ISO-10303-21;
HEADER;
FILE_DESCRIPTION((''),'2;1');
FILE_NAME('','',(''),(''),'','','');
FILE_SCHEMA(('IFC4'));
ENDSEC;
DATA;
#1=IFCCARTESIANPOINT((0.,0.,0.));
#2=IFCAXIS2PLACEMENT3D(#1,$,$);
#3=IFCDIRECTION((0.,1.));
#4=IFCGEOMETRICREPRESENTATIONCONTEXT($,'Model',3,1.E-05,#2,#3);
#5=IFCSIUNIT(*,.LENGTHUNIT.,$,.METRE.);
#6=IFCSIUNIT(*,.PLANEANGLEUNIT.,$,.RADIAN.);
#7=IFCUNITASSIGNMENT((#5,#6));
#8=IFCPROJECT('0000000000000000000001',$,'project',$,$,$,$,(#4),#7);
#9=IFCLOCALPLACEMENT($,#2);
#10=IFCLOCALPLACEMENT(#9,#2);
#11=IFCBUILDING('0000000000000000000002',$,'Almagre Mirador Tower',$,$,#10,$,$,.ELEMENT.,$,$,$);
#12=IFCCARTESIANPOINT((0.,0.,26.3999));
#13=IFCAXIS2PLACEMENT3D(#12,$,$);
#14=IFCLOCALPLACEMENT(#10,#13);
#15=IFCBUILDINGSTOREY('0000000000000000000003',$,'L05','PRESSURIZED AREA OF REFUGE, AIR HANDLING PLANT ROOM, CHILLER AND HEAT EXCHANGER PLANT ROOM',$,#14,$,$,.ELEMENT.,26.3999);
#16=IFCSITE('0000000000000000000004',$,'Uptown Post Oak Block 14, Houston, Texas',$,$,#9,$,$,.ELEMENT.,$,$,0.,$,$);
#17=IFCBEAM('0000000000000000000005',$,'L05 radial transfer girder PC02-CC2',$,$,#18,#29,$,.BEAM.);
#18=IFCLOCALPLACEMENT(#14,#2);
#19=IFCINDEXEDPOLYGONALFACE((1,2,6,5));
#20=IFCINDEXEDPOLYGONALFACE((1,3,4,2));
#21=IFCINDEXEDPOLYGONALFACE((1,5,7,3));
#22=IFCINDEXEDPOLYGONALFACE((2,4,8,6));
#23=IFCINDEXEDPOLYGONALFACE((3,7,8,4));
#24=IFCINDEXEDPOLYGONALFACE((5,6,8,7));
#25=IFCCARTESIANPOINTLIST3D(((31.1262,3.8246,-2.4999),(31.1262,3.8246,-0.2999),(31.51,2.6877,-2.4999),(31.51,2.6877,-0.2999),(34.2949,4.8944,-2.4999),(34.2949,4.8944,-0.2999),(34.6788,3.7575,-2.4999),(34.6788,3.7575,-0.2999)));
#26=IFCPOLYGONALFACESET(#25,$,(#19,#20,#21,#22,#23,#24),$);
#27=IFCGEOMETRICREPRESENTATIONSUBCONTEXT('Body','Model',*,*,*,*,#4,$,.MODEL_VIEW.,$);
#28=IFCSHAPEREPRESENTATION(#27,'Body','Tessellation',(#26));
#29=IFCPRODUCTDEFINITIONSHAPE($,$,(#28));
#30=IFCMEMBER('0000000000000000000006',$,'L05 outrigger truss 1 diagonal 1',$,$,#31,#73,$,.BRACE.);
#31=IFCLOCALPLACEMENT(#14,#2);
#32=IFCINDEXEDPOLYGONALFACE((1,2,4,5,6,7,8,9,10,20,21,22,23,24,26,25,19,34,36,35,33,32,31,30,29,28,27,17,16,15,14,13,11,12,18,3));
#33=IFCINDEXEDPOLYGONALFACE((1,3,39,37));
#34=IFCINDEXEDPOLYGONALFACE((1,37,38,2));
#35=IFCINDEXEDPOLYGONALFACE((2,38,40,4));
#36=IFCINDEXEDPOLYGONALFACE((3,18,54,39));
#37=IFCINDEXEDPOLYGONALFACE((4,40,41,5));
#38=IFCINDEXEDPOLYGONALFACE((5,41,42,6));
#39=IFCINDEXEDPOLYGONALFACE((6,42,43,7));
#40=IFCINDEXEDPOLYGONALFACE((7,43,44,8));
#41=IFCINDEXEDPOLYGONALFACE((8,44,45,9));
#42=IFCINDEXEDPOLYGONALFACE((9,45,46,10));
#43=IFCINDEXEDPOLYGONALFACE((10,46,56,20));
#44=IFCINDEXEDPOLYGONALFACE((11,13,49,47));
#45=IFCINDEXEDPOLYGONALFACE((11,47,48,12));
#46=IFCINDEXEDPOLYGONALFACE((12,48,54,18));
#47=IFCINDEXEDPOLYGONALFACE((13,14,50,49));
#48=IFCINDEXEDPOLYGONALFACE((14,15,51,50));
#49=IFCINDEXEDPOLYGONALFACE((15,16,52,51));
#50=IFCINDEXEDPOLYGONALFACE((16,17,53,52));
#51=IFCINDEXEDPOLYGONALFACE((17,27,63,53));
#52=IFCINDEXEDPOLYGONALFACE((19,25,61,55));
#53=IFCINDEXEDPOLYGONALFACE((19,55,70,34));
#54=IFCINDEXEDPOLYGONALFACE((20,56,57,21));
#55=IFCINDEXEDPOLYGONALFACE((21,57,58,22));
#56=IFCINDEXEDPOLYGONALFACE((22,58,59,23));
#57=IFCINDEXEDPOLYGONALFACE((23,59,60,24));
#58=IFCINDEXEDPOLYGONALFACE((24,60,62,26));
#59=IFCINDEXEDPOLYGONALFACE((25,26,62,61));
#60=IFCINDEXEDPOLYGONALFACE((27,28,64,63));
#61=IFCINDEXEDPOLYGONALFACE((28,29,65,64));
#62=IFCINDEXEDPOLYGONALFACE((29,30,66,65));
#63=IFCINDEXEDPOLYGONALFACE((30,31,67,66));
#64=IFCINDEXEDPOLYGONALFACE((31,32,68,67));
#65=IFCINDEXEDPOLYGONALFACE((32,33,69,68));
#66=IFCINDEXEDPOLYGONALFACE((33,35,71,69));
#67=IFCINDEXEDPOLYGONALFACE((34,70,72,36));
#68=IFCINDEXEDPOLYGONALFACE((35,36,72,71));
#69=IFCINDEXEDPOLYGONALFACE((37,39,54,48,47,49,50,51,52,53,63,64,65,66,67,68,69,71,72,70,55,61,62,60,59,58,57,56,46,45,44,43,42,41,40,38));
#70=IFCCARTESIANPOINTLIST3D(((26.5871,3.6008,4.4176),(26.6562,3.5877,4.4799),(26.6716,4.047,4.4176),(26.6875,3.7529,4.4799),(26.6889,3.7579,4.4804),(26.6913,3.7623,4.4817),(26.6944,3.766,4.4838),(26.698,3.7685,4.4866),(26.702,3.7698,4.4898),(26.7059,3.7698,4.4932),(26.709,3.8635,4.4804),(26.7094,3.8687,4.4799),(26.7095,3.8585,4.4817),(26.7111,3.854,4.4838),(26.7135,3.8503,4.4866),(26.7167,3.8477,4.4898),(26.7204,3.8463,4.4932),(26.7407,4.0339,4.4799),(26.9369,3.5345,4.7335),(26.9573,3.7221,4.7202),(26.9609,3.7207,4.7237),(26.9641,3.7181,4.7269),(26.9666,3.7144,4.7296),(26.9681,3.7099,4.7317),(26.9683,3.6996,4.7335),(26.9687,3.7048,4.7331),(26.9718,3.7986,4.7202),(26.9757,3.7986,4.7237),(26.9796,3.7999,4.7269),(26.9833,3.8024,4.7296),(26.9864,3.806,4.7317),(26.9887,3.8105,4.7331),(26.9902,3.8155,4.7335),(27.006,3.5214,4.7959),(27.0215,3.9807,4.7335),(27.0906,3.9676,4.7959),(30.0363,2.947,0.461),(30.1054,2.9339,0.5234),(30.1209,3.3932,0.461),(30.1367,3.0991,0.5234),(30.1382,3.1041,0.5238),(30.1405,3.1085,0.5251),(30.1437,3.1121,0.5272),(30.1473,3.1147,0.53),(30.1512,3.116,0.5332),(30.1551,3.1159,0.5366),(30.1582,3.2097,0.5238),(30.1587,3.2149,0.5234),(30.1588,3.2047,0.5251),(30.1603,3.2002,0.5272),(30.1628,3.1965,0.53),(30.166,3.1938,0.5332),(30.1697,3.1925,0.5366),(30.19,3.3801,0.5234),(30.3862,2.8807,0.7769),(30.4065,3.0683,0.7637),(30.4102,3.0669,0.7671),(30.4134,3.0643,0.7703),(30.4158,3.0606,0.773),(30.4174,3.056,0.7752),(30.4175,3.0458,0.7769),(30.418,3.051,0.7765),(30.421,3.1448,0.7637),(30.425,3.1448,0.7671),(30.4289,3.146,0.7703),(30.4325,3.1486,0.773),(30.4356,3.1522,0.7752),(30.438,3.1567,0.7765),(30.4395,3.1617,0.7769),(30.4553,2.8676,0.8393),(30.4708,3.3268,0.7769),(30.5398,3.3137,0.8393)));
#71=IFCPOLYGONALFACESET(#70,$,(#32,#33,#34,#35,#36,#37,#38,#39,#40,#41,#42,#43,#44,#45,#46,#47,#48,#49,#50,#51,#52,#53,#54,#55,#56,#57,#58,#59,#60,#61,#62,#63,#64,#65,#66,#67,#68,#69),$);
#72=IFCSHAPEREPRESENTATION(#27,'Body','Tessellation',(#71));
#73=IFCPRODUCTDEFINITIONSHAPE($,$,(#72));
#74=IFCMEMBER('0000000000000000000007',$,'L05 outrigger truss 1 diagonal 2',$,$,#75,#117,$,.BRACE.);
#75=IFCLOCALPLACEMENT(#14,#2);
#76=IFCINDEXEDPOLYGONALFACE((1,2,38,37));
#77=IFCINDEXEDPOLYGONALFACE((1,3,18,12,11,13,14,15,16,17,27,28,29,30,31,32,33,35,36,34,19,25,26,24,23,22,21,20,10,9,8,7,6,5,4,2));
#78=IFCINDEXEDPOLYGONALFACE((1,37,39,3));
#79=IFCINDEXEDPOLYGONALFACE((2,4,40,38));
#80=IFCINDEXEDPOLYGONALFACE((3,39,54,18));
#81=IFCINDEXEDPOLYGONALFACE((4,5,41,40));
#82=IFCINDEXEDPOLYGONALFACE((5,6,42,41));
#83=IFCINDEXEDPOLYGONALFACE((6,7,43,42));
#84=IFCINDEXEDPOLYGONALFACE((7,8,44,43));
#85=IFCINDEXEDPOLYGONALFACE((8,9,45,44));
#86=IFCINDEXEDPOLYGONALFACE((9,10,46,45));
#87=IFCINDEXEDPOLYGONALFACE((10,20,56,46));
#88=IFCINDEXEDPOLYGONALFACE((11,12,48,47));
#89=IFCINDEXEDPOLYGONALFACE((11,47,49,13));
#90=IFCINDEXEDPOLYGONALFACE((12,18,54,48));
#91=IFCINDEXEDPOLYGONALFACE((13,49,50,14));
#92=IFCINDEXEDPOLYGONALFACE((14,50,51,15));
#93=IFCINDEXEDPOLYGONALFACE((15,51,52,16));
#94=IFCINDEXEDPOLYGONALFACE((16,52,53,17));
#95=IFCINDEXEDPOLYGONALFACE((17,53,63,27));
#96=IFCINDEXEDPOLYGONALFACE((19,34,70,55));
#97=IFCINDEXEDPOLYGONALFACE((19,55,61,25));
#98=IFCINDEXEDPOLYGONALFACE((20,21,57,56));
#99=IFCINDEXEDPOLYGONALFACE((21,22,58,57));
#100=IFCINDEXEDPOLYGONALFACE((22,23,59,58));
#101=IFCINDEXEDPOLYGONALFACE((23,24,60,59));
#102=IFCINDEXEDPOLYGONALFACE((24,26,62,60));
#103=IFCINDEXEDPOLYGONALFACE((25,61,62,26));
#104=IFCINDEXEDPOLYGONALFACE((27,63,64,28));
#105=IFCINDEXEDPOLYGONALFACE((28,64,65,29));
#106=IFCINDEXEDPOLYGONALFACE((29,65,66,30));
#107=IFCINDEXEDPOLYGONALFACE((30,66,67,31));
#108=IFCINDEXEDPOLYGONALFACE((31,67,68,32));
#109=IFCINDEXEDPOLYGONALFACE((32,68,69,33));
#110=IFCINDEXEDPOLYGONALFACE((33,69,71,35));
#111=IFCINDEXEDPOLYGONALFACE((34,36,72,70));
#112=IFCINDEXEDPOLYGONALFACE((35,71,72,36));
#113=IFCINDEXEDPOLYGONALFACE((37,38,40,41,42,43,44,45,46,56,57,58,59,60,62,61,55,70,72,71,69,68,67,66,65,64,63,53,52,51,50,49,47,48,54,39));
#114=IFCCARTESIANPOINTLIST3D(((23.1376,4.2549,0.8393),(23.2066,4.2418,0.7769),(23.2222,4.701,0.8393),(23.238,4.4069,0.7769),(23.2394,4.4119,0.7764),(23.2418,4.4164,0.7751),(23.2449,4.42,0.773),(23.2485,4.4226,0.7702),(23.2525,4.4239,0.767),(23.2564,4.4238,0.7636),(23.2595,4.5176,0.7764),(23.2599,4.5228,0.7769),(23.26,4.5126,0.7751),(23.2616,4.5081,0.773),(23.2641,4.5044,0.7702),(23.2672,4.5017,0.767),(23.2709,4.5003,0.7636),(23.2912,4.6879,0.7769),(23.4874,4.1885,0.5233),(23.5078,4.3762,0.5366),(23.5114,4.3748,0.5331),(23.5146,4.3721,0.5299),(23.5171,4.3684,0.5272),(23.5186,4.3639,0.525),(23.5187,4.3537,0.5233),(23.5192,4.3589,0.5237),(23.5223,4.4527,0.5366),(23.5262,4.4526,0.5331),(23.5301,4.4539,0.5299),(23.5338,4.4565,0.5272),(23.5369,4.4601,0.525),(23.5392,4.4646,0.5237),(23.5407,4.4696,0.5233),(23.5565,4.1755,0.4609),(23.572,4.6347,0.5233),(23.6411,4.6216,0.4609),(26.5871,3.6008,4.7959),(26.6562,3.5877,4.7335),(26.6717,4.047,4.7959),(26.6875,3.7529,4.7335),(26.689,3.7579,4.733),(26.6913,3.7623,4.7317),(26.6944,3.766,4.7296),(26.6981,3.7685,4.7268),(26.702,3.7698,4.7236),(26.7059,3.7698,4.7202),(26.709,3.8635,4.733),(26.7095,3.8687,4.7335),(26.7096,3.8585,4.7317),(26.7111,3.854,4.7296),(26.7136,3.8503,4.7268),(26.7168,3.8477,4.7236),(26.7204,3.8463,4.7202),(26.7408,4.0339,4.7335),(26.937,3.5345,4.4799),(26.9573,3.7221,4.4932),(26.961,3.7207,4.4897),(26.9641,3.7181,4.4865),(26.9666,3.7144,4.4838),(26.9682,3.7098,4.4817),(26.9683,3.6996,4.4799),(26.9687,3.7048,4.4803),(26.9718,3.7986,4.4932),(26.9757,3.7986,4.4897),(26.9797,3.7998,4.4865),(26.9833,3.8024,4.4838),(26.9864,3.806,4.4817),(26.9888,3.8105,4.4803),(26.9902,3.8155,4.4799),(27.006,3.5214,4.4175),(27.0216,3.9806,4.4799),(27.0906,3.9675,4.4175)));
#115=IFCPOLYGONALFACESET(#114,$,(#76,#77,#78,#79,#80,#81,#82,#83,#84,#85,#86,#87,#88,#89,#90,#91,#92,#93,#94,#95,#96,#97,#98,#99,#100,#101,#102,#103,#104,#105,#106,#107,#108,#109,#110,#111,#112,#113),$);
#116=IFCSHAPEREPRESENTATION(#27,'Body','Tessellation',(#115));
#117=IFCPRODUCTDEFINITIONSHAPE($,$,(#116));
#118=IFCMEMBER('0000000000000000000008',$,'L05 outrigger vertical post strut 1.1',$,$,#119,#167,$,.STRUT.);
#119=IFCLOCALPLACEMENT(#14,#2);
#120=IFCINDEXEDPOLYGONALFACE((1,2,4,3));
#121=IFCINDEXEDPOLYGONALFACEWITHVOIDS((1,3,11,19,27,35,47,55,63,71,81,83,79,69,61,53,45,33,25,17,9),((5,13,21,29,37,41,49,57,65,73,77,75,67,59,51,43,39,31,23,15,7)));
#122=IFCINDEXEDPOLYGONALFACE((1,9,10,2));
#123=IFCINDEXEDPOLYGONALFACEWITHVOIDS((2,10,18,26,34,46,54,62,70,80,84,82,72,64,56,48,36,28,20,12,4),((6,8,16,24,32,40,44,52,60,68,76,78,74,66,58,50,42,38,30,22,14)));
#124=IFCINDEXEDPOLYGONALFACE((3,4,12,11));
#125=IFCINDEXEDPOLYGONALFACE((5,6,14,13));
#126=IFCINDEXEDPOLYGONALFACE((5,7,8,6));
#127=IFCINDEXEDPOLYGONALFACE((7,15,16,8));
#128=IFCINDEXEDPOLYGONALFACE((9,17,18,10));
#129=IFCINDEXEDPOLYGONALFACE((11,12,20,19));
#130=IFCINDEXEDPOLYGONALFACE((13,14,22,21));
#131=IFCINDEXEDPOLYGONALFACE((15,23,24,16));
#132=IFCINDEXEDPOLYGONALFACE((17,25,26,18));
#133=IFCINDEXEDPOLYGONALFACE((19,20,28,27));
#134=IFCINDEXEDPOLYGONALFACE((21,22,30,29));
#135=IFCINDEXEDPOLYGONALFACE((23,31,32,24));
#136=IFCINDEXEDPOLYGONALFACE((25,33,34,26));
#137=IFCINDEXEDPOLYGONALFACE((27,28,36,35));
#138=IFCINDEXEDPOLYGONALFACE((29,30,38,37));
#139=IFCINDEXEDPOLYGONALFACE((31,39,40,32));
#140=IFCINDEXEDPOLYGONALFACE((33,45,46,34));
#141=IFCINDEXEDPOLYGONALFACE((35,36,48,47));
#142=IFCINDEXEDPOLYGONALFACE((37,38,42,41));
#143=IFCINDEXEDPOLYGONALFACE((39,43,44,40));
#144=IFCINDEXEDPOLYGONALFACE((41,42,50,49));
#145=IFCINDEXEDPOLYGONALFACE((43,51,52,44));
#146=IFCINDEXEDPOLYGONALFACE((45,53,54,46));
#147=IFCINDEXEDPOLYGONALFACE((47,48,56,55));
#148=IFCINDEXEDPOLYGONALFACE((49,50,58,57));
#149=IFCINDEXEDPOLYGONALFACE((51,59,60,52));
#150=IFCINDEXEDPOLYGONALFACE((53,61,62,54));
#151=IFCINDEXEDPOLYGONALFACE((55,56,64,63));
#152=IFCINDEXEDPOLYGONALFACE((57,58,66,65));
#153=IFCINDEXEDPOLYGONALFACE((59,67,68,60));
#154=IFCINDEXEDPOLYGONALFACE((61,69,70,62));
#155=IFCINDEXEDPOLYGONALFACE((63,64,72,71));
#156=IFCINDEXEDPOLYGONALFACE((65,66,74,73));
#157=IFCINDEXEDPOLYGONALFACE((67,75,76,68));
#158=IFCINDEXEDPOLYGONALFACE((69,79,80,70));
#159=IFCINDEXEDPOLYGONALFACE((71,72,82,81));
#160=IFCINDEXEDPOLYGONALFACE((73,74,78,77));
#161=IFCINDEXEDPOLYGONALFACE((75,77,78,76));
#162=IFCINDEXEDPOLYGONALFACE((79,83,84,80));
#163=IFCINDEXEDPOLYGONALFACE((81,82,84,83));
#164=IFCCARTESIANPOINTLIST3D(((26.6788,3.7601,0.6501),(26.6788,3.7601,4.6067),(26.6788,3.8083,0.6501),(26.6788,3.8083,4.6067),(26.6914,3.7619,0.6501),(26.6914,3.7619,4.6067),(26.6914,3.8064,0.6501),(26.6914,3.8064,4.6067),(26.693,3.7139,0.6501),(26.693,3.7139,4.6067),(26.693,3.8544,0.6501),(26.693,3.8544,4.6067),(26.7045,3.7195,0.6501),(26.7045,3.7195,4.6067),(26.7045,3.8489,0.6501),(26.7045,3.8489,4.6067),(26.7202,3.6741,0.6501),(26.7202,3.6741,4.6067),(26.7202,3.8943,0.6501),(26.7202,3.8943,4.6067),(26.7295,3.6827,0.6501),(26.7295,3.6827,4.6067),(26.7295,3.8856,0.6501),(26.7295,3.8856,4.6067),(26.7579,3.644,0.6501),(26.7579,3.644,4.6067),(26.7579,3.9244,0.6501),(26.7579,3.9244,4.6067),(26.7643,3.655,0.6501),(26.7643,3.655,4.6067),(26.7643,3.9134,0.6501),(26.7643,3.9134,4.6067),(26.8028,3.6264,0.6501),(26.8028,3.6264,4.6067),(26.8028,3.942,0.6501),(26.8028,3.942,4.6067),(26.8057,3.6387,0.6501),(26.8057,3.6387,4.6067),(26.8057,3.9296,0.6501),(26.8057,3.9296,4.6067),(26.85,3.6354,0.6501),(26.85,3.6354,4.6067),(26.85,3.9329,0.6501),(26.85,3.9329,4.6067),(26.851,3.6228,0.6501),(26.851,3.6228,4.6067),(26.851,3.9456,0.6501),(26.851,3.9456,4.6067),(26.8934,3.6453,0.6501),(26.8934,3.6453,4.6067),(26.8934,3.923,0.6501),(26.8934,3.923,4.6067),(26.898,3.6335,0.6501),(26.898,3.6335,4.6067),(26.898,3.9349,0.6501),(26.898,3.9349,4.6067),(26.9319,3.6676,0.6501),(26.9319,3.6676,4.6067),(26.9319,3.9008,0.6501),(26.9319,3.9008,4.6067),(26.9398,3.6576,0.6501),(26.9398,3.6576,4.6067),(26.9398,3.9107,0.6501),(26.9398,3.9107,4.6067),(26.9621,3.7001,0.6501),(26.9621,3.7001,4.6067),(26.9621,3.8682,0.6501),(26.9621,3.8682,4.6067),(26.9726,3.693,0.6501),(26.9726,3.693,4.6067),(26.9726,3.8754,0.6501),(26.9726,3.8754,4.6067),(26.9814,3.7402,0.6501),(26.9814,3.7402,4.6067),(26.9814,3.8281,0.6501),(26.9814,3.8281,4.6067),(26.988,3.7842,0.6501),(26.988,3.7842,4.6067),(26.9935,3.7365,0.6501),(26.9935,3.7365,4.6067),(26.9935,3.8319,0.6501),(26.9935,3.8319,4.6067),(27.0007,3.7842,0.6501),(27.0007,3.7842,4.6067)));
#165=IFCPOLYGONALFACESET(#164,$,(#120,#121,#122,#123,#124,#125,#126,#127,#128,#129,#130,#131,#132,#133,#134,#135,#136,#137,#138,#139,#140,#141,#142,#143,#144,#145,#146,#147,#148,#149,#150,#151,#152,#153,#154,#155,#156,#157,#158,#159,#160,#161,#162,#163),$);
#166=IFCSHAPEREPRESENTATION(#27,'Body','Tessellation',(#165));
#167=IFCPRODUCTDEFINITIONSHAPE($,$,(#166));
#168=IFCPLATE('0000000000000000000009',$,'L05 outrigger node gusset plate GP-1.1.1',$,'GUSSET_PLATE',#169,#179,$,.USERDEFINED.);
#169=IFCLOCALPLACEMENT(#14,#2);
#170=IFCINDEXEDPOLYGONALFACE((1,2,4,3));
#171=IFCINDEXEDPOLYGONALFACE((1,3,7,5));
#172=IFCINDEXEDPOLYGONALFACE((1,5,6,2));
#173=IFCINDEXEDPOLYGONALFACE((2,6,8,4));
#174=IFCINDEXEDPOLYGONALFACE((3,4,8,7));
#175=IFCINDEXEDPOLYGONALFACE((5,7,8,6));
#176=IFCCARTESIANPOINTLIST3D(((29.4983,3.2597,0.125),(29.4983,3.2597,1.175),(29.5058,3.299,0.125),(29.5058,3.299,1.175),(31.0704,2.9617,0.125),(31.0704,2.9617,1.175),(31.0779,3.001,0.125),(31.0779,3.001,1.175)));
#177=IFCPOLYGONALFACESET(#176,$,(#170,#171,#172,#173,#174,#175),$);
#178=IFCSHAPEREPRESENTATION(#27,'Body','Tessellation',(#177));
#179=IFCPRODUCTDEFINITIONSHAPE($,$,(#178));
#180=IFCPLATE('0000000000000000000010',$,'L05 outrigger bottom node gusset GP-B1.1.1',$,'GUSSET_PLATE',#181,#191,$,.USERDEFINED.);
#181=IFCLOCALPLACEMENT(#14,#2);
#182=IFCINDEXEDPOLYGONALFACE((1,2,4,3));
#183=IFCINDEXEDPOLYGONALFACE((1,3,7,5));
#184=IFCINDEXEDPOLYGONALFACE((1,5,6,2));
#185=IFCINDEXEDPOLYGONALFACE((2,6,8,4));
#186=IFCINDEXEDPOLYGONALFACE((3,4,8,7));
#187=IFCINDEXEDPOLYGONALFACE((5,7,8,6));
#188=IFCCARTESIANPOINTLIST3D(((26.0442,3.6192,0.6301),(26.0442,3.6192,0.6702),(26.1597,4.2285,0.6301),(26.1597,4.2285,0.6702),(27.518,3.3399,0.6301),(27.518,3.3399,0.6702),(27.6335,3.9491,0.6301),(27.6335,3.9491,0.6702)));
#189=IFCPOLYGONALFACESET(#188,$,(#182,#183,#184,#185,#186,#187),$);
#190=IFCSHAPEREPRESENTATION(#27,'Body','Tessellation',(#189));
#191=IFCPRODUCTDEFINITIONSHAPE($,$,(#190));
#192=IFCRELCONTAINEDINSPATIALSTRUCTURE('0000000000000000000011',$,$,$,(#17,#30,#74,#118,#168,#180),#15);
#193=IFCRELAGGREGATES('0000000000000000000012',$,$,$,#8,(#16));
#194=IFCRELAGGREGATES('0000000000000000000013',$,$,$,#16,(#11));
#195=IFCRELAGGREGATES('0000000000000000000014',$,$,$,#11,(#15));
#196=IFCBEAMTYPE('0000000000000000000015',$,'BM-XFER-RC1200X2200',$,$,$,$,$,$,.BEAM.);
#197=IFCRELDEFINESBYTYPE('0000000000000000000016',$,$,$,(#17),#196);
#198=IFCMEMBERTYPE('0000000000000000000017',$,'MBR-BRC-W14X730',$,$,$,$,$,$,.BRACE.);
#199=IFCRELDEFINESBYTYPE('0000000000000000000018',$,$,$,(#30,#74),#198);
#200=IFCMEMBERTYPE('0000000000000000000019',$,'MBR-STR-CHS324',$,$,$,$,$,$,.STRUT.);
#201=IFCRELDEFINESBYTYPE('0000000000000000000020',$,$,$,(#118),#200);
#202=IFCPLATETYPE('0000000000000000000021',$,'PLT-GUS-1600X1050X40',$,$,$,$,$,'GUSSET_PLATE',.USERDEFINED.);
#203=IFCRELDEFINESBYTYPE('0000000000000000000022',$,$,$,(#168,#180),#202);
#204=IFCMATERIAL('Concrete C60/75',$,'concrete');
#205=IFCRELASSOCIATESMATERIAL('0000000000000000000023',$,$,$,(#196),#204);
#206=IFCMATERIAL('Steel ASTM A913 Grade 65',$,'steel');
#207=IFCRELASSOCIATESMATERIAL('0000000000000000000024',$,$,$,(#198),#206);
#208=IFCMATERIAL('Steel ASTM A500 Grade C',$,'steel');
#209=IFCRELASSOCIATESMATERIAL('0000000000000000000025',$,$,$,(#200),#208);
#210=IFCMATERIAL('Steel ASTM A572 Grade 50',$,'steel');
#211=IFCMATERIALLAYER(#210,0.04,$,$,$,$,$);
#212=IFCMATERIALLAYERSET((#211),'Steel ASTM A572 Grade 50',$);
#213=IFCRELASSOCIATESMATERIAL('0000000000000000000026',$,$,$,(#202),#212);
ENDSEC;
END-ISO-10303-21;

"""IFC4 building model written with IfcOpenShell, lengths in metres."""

from ifc_helpers import new_model, si_unit, direction, frame, origin, origin_2d, place, context, subcontext, project, spatial, rectangle, hollow_circle, i_section, extrude, material, layer, layer_set, material_profile, profile_set, type_object, element, save


model = new_model("IFC4")

# Units and contexts
model_context = context("Model", 3, precision=1e-05, world=origin(), true_north=direction((0.0, 1.0)))
body_context = subcontext(model_context, "Body", "Model", "MODEL_VIEW")
ifc_project = project(units=[si_unit("LENGTHUNIT", "METRE"), si_unit("PLANEANGLEUNIT", "RADIAN")], contexts=[model_context])

# Site, building, storey
site_placement = place(None, origin())
site = spatial("IfcSite", under=ifc_project, at=site_placement, Name="Uptown Post Oak Block 14, Houston, Texas", CompositionType="ELEMENT", RefElevation=0.0)
building_placement = place(site_placement, origin())
building = spatial("IfcBuilding", under=site, at=building_placement, Name="Almagre Mirador Tower", CompositionType="ELEMENT")
storey_placement = place(building_placement, frame((0.0, 0.0, 26.3999)))
storey = spatial("IfcBuildingStorey", under=building, at=storey_placement, Name="L05", Description="PRESSURIZED AREA OF REFUGE, AIR HANDLING PLANT ROOM, CHILLER AND HEAT EXCHANGER PLANT ROOM", CompositionType="ELEMENT", Elevation=26.3999)

# Beam
ifc_material_1 = material(Name="Concrete C60/75", Category="concrete")
ifc_material_profile_1 = material_profile(ifc_material_1, rectangle(XDim=1.2, YDim=2.2, at=origin_2d()), Name="RC1200X2200")
ifc_profile_set_1 = profile_set([ifc_material_profile_1], Name="Concrete C60/75")
beam_type_1 = type_object("IfcBeamType", Name="BM-XFER-RC1200X2200", PredefinedType="BEAM", material=ifc_profile_set_1)
beam_1_placement = place(storey_placement, frame((31.3181, 3.2561, -1.3999), z_axis=(0.947457, 0.319883, 0.0), x_axis=(-0.319883, 0.947457, 0.0)))
element("IfcBeam", 1, at=beam_1_placement, inside=storey, type_object=beam_type_1, Name="L05 radial transfer girder PC02-CC2", PredefinedType="BEAM", context=body_context, shape_type="SweptSolid", body=[
    extrude(rectangle(XDim=1.2, YDim=2.2, at=origin_2d()), origin(), (0.0, 0.0, 1.0), 3.3445),
])

# Members
ifc_material_2 = material(Name="Steel ASTM A913 Grade 65", Category="steel")
ifc_material_profile_2 = material_profile(ifc_material_2, i_section(OverallWidth=0.4541, OverallDepth=0.5701, WebThickness=0.0779, FlangeThickness=0.094, FilletRadius=0.02, at=origin_2d()), Name="W14X730")
ifc_profile_set_2 = profile_set([ifc_material_profile_2], Name="Steel ASTM A913 Grade 65")
member_type_1 = type_object("IfcMemberType", Name="MBR-BRC-W14X730", PredefinedType="BRACE", material=ifc_profile_set_2)
member_1_placement = place(storey_placement, frame((30.2881, 3.1304, 0.6501), z_axis=(-0.652088, 0.123605, 0.747999), x_axis=(-0.186236, -0.982505, 0.0)))
element("IfcMember", 2, at=member_1_placement, inside=storey, type_object=member_type_1, Name="L05 outrigger truss 1 diagonal 1", PredefinedType="BRACE", context=body_context, shape_type="SweptSolid", body=[
    extrude(i_section(OverallWidth=0.4541, OverallDepth=0.5701, WebThickness=0.0779, FlangeThickness=0.094, FilletRadius=0.02, at=origin_2d()), origin(), (0.0, 0.0, 1.0), 5.2896),
])
member_2_placement = place(storey_placement, frame((26.8389, 3.7842, 4.6067), z_axis=(-0.652111, 0.123647, -0.747973), x_axis=(-0.186291, -0.982495, 0.0)))
element("IfcMember", 3, at=member_2_placement, inside=storey, type_object=member_type_1, Name="L05 outrigger truss 1 diagonal 2", PredefinedType="BRACE", context=body_context, shape_type="SweptSolid", body=[
    extrude(i_section(OverallWidth=0.4541, OverallDepth=0.5701, WebThickness=0.0779, FlangeThickness=0.094, FilletRadius=0.02, at=origin_2d()), origin(), (0.0, 0.0, 1.0), 5.2898),
])
ifc_material_3 = material(Name="Steel ASTM A500 Grade C", Category="steel")
ifc_material_profile_3 = material_profile(ifc_material_3, hollow_circle(Radius=0.1619, WallThickness=0.0127, at=origin_2d()), Name="CHS323.9X12.7")
ifc_profile_set_3 = profile_set([ifc_material_profile_3], Name="Steel ASTM A500 Grade C")
member_type_2 = type_object("IfcMemberType", Name="MBR-STR-CHS324", PredefinedType="STRUT", material=ifc_profile_set_3)
member_3_placement = place(storey_placement, frame((26.8389, 3.7842, 0.6501), z_axis=(0.0, 0.0, 1.0), x_axis=(1.0, 0.0, 0.0)))
element("IfcMember", 4, at=member_3_placement, inside=storey, type_object=member_type_2, Name="L05 outrigger vertical post strut 1.1", PredefinedType="STRUT", context=body_context, shape_type="SweptSolid", body=[
    extrude(hollow_circle(Radius=0.1619, WallThickness=0.0127, at=origin_2d()), origin(), (0.0, 0.0, 1.0), 3.9565),
])

# Plates
ifc_material_4 = material(Name="Steel ASTM A572 Grade 50", Category="steel")
ifc_layer_1 = layer(ifc_material_4, 0.04)
ifc_layer_set_1 = layer_set([ifc_layer_1], Name="Steel ASTM A572 Grade 50")
plate_type = type_object("IfcPlateType", Name="PLT-GUS-1600X1050X40", ElementType="GUSSET_PLATE", PredefinedType="USERDEFINED", material=ifc_layer_set_1)
plate_placement = place(storey_placement, frame((30.2881, 3.1304, 0.125), z_axis=(0.0, 0.0, 1.0), x_axis=(-0.982502, 0.18625, 0.0)))
element("IfcPlate", 5, at=plate_placement, inside=storey, type_object=plate_type, Name="L05 outrigger node gusset plate GP-1.1.1", ObjectType="GUSSET_PLATE", PredefinedType="USERDEFINED", context=body_context, shape_type="SweptSolid", body=[
    extrude(rectangle(XDim=1.6001, YDim=0.04, at=origin_2d()), origin(), (0.0, 0.0, 1.0), 1.05),
])
for number, where, z_axis, x_axis, name in (
    (6, (26.8389, 3.7842, 0.6301), (0.0, 0.0, 1.0), (-0.982502, 0.18625, 0.0), "L05 outrigger bottom node gusset GP-B1.1.1"),
):
    element("IfcPlate", number, at=place(storey_placement, frame(where, z_axis=z_axis, x_axis=x_axis)), inside=storey, type_object=plate_type, Name=name, ObjectType="GUSSET_PLATE", PredefinedType="USERDEFINED", context=body_context, shape_type="SweptSolid", body=[
        extrude(rectangle(XDim=1.5, YDim=0.6201, at=origin_2d()), origin(), (0.0, 0.0, 1.0), 0.04),
    ])

save(model, "model.ifc")
